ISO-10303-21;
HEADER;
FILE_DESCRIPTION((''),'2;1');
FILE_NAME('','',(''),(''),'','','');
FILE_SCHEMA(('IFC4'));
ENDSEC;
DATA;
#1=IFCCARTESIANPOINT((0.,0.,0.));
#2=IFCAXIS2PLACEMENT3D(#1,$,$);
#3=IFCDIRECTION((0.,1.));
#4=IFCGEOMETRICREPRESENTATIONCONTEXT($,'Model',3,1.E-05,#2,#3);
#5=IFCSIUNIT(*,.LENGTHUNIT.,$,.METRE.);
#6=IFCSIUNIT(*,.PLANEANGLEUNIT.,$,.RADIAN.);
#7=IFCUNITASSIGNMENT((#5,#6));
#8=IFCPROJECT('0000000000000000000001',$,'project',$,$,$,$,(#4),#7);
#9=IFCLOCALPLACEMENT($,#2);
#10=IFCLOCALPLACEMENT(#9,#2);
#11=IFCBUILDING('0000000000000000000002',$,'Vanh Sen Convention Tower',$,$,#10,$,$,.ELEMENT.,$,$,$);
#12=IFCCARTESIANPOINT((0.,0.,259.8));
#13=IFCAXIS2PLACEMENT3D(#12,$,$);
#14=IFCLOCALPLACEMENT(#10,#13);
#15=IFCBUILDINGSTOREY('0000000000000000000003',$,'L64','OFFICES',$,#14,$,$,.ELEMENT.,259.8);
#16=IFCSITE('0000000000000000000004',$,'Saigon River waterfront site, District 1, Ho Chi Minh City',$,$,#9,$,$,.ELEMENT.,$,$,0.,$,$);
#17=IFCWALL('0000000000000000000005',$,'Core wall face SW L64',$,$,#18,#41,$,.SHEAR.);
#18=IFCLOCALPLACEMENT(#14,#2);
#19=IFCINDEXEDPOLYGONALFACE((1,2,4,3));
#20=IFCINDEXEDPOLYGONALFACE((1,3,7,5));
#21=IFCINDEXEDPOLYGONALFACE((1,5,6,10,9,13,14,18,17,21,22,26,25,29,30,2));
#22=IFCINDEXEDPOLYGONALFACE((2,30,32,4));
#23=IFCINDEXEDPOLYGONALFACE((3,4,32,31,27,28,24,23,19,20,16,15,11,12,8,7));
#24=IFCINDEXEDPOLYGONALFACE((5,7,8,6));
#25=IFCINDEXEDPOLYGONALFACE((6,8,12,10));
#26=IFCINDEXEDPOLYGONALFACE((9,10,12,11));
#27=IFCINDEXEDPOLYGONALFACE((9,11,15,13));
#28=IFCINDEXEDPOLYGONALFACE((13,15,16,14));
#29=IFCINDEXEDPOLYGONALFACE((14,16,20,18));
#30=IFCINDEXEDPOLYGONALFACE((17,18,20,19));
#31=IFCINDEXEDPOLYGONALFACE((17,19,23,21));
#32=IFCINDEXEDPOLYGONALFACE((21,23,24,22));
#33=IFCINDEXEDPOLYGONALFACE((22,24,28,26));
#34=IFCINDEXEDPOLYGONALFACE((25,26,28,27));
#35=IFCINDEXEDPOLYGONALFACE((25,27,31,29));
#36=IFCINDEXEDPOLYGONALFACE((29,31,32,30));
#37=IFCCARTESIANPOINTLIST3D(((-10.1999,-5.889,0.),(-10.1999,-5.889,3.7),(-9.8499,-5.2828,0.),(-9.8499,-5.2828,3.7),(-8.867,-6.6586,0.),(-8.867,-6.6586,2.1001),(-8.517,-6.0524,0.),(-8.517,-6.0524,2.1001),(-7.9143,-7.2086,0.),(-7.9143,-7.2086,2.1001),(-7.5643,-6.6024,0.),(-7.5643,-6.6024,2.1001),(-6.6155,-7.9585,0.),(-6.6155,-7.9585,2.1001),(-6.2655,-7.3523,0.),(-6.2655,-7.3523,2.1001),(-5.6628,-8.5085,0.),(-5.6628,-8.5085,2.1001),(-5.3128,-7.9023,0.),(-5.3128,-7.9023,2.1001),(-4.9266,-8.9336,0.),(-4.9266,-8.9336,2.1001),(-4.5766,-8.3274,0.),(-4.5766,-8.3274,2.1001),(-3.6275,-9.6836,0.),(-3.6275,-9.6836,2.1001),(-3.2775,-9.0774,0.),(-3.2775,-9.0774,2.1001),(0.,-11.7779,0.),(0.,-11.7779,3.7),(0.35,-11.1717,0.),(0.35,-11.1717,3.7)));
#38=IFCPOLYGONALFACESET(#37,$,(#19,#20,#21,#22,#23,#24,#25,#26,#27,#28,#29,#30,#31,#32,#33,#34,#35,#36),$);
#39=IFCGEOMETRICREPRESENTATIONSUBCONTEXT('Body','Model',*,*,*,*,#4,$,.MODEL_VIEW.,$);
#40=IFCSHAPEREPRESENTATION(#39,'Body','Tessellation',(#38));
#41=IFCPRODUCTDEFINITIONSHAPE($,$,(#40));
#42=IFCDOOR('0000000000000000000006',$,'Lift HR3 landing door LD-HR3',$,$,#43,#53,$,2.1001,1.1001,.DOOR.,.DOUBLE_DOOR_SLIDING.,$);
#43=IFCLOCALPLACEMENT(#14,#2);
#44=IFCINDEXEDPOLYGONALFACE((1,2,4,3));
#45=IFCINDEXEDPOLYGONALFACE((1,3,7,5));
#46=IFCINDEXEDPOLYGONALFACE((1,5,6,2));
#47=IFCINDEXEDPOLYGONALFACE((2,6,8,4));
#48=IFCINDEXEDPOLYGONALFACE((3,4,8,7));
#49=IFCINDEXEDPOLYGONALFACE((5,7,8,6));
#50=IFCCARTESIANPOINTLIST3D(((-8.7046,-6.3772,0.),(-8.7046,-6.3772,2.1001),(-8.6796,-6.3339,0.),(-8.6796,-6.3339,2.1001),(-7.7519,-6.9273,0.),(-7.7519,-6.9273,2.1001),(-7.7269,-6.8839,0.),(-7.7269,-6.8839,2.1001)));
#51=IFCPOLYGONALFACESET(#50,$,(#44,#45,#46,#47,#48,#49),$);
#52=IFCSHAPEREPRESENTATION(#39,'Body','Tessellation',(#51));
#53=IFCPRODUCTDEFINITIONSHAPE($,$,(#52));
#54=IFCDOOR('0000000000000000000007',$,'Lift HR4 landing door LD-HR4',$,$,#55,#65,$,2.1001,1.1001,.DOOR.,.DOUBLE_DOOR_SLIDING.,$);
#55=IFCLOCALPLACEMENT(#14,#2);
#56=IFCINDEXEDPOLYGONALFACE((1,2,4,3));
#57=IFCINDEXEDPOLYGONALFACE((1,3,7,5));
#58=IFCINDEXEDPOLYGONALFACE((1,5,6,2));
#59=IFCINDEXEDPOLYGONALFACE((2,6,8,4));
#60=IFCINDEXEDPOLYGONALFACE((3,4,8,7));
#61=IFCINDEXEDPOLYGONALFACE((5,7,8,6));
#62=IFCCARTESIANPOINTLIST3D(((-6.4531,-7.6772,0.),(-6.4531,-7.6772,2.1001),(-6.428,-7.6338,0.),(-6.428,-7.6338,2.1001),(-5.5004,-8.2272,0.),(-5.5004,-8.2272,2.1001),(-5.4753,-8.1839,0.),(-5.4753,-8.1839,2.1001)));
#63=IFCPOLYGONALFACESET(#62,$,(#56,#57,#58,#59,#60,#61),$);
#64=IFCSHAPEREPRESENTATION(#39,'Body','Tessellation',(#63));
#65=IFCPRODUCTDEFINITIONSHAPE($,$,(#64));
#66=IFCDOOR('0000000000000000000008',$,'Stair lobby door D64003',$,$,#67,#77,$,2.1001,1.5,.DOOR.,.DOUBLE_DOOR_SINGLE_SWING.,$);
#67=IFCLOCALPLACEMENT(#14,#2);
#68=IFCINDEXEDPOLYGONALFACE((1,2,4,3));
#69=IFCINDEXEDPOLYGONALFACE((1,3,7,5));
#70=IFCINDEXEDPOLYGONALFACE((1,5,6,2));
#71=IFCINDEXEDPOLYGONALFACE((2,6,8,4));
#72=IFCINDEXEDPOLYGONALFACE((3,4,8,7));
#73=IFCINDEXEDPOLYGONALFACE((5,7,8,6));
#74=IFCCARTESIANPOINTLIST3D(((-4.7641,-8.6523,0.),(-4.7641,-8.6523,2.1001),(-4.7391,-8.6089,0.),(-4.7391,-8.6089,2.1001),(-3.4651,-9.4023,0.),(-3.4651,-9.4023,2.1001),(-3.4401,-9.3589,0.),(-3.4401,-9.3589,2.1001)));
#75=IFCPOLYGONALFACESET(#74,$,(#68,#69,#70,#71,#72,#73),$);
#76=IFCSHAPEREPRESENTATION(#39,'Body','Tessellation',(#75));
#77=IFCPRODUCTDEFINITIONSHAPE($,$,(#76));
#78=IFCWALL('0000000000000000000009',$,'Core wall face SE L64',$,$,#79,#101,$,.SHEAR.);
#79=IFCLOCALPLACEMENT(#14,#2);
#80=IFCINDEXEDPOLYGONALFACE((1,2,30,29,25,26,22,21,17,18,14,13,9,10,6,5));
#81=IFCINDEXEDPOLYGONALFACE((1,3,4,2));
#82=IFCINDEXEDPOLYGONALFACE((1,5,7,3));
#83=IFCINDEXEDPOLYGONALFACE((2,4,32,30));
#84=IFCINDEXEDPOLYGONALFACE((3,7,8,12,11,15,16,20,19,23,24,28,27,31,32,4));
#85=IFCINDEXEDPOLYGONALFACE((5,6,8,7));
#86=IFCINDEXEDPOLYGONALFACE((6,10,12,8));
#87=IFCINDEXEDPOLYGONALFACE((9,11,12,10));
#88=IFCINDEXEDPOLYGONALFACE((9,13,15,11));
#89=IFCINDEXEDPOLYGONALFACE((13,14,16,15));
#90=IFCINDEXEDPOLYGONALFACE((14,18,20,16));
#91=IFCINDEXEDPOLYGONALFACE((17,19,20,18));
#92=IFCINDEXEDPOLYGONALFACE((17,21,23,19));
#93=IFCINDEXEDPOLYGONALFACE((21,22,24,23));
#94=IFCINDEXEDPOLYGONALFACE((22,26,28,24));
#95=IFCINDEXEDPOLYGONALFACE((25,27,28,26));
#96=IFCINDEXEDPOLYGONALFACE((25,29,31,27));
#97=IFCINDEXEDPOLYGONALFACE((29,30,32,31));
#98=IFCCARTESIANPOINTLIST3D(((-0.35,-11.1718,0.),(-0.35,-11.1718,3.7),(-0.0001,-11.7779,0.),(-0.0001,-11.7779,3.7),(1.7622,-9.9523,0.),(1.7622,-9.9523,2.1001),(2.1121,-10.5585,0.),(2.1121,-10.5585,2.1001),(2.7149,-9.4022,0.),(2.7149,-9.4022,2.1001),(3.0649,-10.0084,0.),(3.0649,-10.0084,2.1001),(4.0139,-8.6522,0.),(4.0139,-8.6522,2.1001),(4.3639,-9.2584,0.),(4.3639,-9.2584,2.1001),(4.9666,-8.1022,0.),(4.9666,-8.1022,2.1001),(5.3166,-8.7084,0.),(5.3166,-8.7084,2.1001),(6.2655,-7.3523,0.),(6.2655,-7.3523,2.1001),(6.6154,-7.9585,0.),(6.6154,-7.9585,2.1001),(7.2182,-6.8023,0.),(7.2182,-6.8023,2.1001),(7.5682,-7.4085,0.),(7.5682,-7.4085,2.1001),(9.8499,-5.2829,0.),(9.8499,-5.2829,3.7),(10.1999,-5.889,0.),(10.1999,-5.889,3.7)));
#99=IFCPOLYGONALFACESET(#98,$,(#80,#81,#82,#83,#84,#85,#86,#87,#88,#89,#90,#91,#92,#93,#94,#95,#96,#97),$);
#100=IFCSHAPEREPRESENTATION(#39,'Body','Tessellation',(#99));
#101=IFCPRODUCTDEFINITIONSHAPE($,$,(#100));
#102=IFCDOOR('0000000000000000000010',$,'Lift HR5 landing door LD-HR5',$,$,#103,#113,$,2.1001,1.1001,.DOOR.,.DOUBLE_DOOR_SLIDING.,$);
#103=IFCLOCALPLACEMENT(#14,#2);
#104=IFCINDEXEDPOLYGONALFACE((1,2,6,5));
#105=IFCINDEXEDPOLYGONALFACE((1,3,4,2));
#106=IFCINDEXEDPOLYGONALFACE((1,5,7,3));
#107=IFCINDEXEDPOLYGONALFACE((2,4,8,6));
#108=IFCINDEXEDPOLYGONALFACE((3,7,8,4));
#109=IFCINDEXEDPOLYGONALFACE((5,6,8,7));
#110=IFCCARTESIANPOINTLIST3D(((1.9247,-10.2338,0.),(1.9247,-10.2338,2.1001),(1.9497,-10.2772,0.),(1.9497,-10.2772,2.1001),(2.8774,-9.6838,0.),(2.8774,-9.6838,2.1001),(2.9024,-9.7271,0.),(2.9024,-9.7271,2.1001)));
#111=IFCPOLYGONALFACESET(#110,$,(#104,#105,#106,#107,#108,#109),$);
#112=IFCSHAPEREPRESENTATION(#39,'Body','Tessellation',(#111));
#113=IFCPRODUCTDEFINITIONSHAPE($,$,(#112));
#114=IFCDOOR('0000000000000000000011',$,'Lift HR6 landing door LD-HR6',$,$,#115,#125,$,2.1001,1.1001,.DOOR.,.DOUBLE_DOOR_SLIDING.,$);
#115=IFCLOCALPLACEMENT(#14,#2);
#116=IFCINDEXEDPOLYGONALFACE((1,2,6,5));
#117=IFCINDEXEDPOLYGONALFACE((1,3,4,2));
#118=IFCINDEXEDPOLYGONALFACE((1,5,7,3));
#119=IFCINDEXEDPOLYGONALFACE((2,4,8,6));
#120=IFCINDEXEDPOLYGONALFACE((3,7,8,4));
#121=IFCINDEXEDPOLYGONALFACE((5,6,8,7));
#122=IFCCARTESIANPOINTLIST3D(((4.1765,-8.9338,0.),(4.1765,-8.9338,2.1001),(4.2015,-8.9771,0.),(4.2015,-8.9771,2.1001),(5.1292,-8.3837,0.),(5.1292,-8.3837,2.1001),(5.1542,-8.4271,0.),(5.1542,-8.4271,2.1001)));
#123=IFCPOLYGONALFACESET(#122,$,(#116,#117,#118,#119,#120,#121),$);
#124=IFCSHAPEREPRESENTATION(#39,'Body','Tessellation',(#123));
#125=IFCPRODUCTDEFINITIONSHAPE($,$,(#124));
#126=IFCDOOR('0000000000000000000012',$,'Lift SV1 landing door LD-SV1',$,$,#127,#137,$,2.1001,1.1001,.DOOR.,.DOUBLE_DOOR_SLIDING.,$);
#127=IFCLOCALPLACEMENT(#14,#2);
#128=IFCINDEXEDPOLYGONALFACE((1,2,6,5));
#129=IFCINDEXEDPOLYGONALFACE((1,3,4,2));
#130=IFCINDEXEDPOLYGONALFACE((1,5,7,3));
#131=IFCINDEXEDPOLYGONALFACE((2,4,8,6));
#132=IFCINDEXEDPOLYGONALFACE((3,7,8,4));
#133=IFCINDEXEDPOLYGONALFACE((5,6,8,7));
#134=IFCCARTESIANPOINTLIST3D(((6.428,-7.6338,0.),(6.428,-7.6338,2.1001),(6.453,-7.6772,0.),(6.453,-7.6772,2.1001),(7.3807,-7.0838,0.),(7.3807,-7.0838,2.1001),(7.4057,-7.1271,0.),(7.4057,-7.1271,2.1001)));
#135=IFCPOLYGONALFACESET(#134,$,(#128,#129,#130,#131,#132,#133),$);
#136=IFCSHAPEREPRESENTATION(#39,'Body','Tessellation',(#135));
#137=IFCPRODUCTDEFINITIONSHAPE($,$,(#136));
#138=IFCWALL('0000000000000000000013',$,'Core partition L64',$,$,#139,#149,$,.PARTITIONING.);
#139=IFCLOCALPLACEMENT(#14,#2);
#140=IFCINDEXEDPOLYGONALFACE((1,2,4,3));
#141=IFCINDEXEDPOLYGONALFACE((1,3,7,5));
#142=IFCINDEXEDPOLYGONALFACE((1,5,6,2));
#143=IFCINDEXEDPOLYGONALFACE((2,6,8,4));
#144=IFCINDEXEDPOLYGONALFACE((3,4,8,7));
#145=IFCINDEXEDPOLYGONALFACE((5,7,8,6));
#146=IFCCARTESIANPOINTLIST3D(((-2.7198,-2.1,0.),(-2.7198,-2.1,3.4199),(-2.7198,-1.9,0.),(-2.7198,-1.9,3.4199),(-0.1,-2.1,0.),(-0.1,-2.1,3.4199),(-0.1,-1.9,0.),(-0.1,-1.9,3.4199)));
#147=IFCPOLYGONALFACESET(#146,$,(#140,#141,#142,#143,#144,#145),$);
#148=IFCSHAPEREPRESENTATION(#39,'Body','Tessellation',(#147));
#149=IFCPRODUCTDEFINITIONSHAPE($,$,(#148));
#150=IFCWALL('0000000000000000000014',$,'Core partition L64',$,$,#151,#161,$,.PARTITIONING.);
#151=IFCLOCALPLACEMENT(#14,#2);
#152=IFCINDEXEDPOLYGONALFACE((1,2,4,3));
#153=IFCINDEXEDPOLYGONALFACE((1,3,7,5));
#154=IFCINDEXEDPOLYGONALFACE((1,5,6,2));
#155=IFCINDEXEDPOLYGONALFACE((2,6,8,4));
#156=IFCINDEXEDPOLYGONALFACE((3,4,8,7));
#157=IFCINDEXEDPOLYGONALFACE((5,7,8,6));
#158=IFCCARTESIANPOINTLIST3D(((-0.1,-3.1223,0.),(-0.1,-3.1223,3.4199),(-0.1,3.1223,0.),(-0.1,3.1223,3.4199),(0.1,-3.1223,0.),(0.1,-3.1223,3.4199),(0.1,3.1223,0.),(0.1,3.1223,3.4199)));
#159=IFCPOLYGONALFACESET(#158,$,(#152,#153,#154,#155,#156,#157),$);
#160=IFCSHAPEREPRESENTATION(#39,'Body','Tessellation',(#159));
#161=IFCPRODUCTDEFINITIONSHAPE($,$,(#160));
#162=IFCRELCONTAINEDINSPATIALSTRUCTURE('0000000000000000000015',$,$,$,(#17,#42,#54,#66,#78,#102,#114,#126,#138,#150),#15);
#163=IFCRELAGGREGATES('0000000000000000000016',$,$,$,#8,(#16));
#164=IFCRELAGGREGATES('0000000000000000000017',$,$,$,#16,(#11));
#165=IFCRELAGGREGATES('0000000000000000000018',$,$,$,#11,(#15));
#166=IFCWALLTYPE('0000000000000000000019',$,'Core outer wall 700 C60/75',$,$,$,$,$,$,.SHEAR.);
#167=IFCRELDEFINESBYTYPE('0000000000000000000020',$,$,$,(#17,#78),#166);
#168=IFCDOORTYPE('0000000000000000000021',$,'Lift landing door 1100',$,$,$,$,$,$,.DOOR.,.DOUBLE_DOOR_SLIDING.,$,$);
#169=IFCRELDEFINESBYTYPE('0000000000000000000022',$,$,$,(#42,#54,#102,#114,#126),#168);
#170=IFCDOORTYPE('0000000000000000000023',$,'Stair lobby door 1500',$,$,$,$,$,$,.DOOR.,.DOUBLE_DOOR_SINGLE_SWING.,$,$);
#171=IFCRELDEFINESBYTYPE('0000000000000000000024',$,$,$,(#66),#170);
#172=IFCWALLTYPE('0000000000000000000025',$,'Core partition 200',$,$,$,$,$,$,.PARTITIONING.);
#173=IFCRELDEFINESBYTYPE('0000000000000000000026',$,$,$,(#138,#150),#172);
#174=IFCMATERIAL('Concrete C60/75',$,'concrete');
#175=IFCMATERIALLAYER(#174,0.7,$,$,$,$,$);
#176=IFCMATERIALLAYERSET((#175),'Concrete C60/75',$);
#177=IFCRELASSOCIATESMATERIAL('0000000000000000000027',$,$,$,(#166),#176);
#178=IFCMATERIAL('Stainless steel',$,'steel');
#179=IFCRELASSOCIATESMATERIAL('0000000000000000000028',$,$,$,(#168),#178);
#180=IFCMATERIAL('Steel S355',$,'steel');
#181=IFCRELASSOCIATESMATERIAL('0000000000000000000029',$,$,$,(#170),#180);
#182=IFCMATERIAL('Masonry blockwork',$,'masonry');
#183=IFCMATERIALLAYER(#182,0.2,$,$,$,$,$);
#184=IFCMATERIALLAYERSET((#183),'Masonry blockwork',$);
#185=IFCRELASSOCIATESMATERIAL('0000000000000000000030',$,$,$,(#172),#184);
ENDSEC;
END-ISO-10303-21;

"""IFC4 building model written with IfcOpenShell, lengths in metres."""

from ifc_helpers import new_model, si_unit, direction, frame, frame_2d, origin, place, context, subcontext, project, spatial, rectangle, extrude, material, layer, layer_set, type_object, element, fill, save


model = new_model("IFC4")

# Units and contexts
model_context = context("Model", 3, precision=1e-05, world=origin(), true_north=direction((0.0, 1.0)))
body_context = subcontext(model_context, "Body", "Model", "MODEL_VIEW")
ifc_project = project(units=[si_unit("LENGTHUNIT", "METRE"), si_unit("PLANEANGLEUNIT", "RADIAN")], contexts=[model_context])

# Site, building, storey
site_placement = place(None, origin())
site = spatial("IfcSite", under=ifc_project, at=site_placement, Name="Saigon River waterfront site, District 1, Ho Chi Minh City", CompositionType="ELEMENT", RefElevation=0.0)
building_placement = place(site_placement, origin())
building = spatial("IfcBuilding", under=site, at=building_placement, Name="Vanh Sen Convention Tower", CompositionType="ELEMENT")
storey_placement = place(building_placement, frame((0.0, 0.0, 259.8)))
storey = spatial("IfcBuildingStorey", under=building, at=storey_placement, Name="L64", Description="OFFICES", CompositionType="ELEMENT", Elevation=259.8)

# Walls, openings, doors
ifc_material_1 = material(Name="Concrete C60/75", Category="concrete")
ifc_layer_1 = layer(ifc_material_1, 0.7)
ifc_layer_set_1 = layer_set([ifc_layer_1], Name="Concrete C60/75")
wall_type_1 = type_object("IfcWallType", Name="Core outer wall 700 C60/75", PredefinedType="SHEAR", material=ifc_layer_set_1)
wall_1_placement = place(storey_placement, frame((-10.0249, -5.5859, 0.0), z_axis=(0.0, 0.0, 1.0), x_axis=(0.866026, -0.499998, 0.0)))
wall_1 = element("IfcWall", 1, at=wall_1_placement, inside=storey, type_object=wall_type_1, Name="Core wall face SW L64", PredefinedType="SHEAR", context=body_context, shape_type="SweptSolid", body=[
    extrude(rectangle(XDim=11.7778, YDim=0.7, at=frame_2d((5.8889, 0.0))), origin(), (0.0, 0.0, 1.0), 3.7),
])
opening_1_placement = place(wall_1_placement, frame((6.0891, 0.0, 0.0)))
opening_1 = element("IfcOpeningElement", 2, at=opening_1_placement, cuts=wall_1, PredefinedType="OPENING", context=body_context, shape_type="SweptSolid", body=[
    extrude(rectangle(XDim=1.5, YDim=2.1001, at=frame_2d((0.75, 1.05))), frame((0.0, 0.3599, 0.0), z_axis=(0.0, -1.0, 0.0), x_axis=(1.0, 0.0, 0.0)), (0.0, 0.0, 1.0), 0.72),
])
opening_2_placement = place(wall_1_placement, frame((1.5391, 0.0, 0.0)))
opening_2 = element("IfcOpeningElement", 3, at=opening_2_placement, cuts=wall_1, PredefinedType="OPENING", context=body_context, shape_type="SweptSolid", body=[
    extrude(rectangle(XDim=1.1001, YDim=2.1001, at=frame_2d((0.55, 1.05))), frame((0.0, 0.3599, 0.0), z_axis=(0.0, -1.0, 0.0), x_axis=(1.0, 0.0, 0.0)), (0.0, 0.0, 1.0), 0.72),
])
opening_3_placement = place(wall_1_placement, frame((4.1389, 0.0, 0.0)))
opening_3 = element("IfcOpeningElement", 4, at=opening_3_placement, cuts=wall_1, PredefinedType="OPENING", context=body_context, shape_type="SweptSolid", body=[
    extrude(rectangle(XDim=1.1001, YDim=2.1001, at=frame_2d((0.55, 1.05))), frame((0.0, 0.3599, 0.0), z_axis=(0.0, -1.0, 0.0), x_axis=(1.0, 0.0, 0.0)), (0.0, 0.0, 1.0), 0.72),
])
ifc_material_2 = material(Name="Stainless steel", Category="steel")
door_type_1 = type_object("IfcDoorType", Name="Lift landing door 1100", OperationType="DOUBLE_DOOR_SLIDING", PredefinedType="DOOR", material=ifc_material_2)
door_1_placement = place(opening_2_placement, origin())
door_1 = element("IfcDoor", 5, at=door_1_placement, inside=storey, type_object=door_type_1, Name="Lift HR3 landing door LD-HR3", OperationType="DOUBLE_DOOR_SLIDING", OverallHeight=2.1001, OverallWidth=1.1001, PredefinedType="DOOR", context=body_context, shape_type="SweptSolid", body=[
    extrude(rectangle(XDim=1.1001, YDim=2.1001, at=frame_2d((0.55, 1.05))), frame((0.0, 0.0249, 0.0), z_axis=(0.0, -1.0, 0.0), x_axis=(1.0, 0.0, 0.0)), (0.0, 0.0, 1.0), 0.05),
])
fill(opening_2, door_1)
door_2_placement = place(opening_3_placement, origin())
door_2 = element("IfcDoor", 6, at=door_2_placement, inside=storey, type_object=door_type_1, Name="Lift HR4 landing door LD-HR4", OperationType="DOUBLE_DOOR_SLIDING", OverallHeight=2.1001, OverallWidth=1.1001, PredefinedType="DOOR", context=body_context, shape_type="SweptSolid", body=[
    extrude(rectangle(XDim=1.1001, YDim=2.1001, at=frame_2d((0.55, 1.05))), frame((0.0, 0.0249, 0.0), z_axis=(0.0, -1.0, 0.0), x_axis=(1.0, 0.0, 0.0)), (0.0, 0.0, 1.0), 0.05),
])
fill(opening_3, door_2)
ifc_material_3 = material(Name="Steel S355", Category="steel")
door_type_2 = type_object("IfcDoorType", Name="Stair lobby door 1500", OperationType="DOUBLE_DOOR_SINGLE_SWING", PredefinedType="DOOR", material=ifc_material_3)
door_3_placement = place(opening_1_placement, origin())
door_3 = element("IfcDoor", 7, at=door_3_placement, inside=storey, type_object=door_type_2, Name="Stair lobby door D64003", OperationType="DOUBLE_DOOR_SINGLE_SWING", OverallHeight=2.1001, OverallWidth=1.5, PredefinedType="DOOR", context=body_context, shape_type="SweptSolid", body=[
    extrude(rectangle(XDim=1.5, YDim=2.1001, at=frame_2d((0.75, 1.05))), frame((0.0, 0.0249, 0.0), z_axis=(0.0, -1.0, 0.0), x_axis=(1.0, 0.0, 0.0)), (0.0, 0.0, 1.0), 0.05),
])
fill(opening_1, door_3)
wall_2_placement = place(storey_placement, frame((-0.175, -11.4749, 0.0), z_axis=(0.0, 0.0, 1.0), x_axis=(0.866026, 0.499998, 0.0)))
wall_2 = element("IfcWall", 8, at=wall_2_placement, inside=storey, type_object=wall_type_1, Name="Core wall face SE L64", PredefinedType="SHEAR", context=body_context, shape_type="SweptSolid", body=[
    extrude(rectangle(XDim=11.7778, YDim=0.7, at=frame_2d((5.8889, 0.0))), origin(), (0.0, 0.0, 1.0), 3.7),
])
opening_4_placement = place(wall_2_placement, frame((2.439, 0.0, 0.0)))
opening_4 = element("IfcOpeningElement", 9, at=opening_4_placement, cuts=wall_2, PredefinedType="OPENING", context=body_context, shape_type="SweptSolid", body=[
    extrude(rectangle(XDim=1.1001, YDim=2.1001, at=frame_2d((0.55, 1.05))), frame((0.0, 0.3599, 0.0), z_axis=(0.0, -1.0, 0.0), x_axis=(1.0, 0.0, 0.0)), (0.0, 0.0, 1.0), 0.72),
])
opening_5_placement = place(wall_2_placement, frame((5.0391, 0.0, 0.0)))
opening_5 = element("IfcOpeningElement", 10, at=opening_5_placement, cuts=wall_2, PredefinedType="OPENING", context=body_context, shape_type="SweptSolid", body=[
    extrude(rectangle(XDim=1.1001, YDim=2.1001, at=frame_2d((0.55, 1.05))), frame((0.0, 0.3599, 0.0), z_axis=(0.0, -1.0, 0.0), x_axis=(1.0, 0.0, 0.0)), (0.0, 0.0, 1.0), 0.72),
])
opening_6_placement = place(wall_2_placement, frame((7.6389, 0.0, 0.0)))
opening_6 = element("IfcOpeningElement", 11, at=opening_6_placement, cuts=wall_2, PredefinedType="OPENING", context=body_context, shape_type="SweptSolid", body=[
    extrude(rectangle(XDim=1.1001, YDim=2.1001, at=frame_2d((0.55, 1.05))), frame((0.0, 0.3599, 0.0), z_axis=(0.0, -1.0, 0.0), x_axis=(1.0, 0.0, 0.0)), (0.0, 0.0, 1.0), 0.72),
])
door_4_placement = place(opening_4_placement, origin())
door_4 = element("IfcDoor", 12, at=door_4_placement, inside=storey, type_object=door_type_1, Name="Lift HR5 landing door LD-HR5", OperationType="DOUBLE_DOOR_SLIDING", OverallHeight=2.1001, OverallWidth=1.1001, PredefinedType="DOOR", context=body_context, shape_type="SweptSolid", body=[
    extrude(rectangle(XDim=1.1001, YDim=2.1001, at=frame_2d((0.55, 1.05))), frame((0.0, 0.0249, 0.0), z_axis=(0.0, -1.0, 0.0), x_axis=(1.0, 0.0, 0.0)), (0.0, 0.0, 1.0), 0.05),
])
fill(opening_4, door_4)
door_5_placement = place(opening_5_placement, origin())
door_5 = element("IfcDoor", 13, at=door_5_placement, inside=storey, type_object=door_type_1, Name="Lift HR6 landing door LD-HR6", OperationType="DOUBLE_DOOR_SLIDING", OverallHeight=2.1001, OverallWidth=1.1001, PredefinedType="DOOR", context=body_context, shape_type="SweptSolid", body=[
    extrude(rectangle(XDim=1.1001, YDim=2.1001, at=frame_2d((0.55, 1.05))), frame((0.0, 0.0249, 0.0), z_axis=(0.0, -1.0, 0.0), x_axis=(1.0, 0.0, 0.0)), (0.0, 0.0, 1.0), 0.05),
])
fill(opening_5, door_5)
door_6_placement = place(opening_6_placement, origin())
door_6 = element("IfcDoor", 14, at=door_6_placement, inside=storey, type_object=door_type_1, Name="Lift SV1 landing door LD-SV1", OperationType="DOUBLE_DOOR_SLIDING", OverallHeight=2.1001, OverallWidth=1.1001, PredefinedType="DOOR", context=body_context, shape_type="SweptSolid", body=[
    extrude(rectangle(XDim=1.1001, YDim=2.1001, at=frame_2d((0.55, 1.05))), frame((0.0, 0.0249, 0.0), z_axis=(0.0, -1.0, 0.0), x_axis=(1.0, 0.0, 0.0)), (0.0, 0.0, 1.0), 0.05),
])
fill(opening_6, door_6)

# Walls
ifc_material_4 = material(Name="Masonry blockwork", Category="masonry")
ifc_layer_2 = layer(ifc_material_4, 0.2)
ifc_layer_set_2 = layer_set([ifc_layer_2], Name="Masonry blockwork")
wall_type_2 = type_object("IfcWallType", Name="Core partition 200", PredefinedType="PARTITIONING", material=ifc_layer_set_2)
wall_3_placement = place(storey_placement, frame((-2.72, -2.0, 0.0), z_axis=(0.0, 0.0, 1.0), x_axis=(1.0, 0.0, 0.0)))
element("IfcWall", 15, at=wall_3_placement, inside=storey, type_object=wall_type_2, Name="Core partition L64", PredefinedType="PARTITIONING", context=body_context, shape_type="SweptSolid", body=[
    extrude(rectangle(XDim=2.6199, YDim=0.2, at=frame_2d((1.3101, 0.0))), origin(), (0.0, 0.0, 1.0), 3.4199),
])
wall_4_placement = place(storey_placement, frame((0.0, -3.1223, 0.0), z_axis=(0.0, 0.0, 1.0), x_axis=(0.0, 1.0, 0.0)))
element("IfcWall", 16, at=wall_4_placement, inside=storey, type_object=wall_type_2, Name="Core partition L64", PredefinedType="PARTITIONING", context=body_context, shape_type="SweptSolid", body=[
    extrude(rectangle(XDim=6.2446, YDim=0.2, at=frame_2d((3.1223, 0.0))), origin(), (0.0, 0.0, 1.0), 3.4199),
])

save(model, "model.ifc")
